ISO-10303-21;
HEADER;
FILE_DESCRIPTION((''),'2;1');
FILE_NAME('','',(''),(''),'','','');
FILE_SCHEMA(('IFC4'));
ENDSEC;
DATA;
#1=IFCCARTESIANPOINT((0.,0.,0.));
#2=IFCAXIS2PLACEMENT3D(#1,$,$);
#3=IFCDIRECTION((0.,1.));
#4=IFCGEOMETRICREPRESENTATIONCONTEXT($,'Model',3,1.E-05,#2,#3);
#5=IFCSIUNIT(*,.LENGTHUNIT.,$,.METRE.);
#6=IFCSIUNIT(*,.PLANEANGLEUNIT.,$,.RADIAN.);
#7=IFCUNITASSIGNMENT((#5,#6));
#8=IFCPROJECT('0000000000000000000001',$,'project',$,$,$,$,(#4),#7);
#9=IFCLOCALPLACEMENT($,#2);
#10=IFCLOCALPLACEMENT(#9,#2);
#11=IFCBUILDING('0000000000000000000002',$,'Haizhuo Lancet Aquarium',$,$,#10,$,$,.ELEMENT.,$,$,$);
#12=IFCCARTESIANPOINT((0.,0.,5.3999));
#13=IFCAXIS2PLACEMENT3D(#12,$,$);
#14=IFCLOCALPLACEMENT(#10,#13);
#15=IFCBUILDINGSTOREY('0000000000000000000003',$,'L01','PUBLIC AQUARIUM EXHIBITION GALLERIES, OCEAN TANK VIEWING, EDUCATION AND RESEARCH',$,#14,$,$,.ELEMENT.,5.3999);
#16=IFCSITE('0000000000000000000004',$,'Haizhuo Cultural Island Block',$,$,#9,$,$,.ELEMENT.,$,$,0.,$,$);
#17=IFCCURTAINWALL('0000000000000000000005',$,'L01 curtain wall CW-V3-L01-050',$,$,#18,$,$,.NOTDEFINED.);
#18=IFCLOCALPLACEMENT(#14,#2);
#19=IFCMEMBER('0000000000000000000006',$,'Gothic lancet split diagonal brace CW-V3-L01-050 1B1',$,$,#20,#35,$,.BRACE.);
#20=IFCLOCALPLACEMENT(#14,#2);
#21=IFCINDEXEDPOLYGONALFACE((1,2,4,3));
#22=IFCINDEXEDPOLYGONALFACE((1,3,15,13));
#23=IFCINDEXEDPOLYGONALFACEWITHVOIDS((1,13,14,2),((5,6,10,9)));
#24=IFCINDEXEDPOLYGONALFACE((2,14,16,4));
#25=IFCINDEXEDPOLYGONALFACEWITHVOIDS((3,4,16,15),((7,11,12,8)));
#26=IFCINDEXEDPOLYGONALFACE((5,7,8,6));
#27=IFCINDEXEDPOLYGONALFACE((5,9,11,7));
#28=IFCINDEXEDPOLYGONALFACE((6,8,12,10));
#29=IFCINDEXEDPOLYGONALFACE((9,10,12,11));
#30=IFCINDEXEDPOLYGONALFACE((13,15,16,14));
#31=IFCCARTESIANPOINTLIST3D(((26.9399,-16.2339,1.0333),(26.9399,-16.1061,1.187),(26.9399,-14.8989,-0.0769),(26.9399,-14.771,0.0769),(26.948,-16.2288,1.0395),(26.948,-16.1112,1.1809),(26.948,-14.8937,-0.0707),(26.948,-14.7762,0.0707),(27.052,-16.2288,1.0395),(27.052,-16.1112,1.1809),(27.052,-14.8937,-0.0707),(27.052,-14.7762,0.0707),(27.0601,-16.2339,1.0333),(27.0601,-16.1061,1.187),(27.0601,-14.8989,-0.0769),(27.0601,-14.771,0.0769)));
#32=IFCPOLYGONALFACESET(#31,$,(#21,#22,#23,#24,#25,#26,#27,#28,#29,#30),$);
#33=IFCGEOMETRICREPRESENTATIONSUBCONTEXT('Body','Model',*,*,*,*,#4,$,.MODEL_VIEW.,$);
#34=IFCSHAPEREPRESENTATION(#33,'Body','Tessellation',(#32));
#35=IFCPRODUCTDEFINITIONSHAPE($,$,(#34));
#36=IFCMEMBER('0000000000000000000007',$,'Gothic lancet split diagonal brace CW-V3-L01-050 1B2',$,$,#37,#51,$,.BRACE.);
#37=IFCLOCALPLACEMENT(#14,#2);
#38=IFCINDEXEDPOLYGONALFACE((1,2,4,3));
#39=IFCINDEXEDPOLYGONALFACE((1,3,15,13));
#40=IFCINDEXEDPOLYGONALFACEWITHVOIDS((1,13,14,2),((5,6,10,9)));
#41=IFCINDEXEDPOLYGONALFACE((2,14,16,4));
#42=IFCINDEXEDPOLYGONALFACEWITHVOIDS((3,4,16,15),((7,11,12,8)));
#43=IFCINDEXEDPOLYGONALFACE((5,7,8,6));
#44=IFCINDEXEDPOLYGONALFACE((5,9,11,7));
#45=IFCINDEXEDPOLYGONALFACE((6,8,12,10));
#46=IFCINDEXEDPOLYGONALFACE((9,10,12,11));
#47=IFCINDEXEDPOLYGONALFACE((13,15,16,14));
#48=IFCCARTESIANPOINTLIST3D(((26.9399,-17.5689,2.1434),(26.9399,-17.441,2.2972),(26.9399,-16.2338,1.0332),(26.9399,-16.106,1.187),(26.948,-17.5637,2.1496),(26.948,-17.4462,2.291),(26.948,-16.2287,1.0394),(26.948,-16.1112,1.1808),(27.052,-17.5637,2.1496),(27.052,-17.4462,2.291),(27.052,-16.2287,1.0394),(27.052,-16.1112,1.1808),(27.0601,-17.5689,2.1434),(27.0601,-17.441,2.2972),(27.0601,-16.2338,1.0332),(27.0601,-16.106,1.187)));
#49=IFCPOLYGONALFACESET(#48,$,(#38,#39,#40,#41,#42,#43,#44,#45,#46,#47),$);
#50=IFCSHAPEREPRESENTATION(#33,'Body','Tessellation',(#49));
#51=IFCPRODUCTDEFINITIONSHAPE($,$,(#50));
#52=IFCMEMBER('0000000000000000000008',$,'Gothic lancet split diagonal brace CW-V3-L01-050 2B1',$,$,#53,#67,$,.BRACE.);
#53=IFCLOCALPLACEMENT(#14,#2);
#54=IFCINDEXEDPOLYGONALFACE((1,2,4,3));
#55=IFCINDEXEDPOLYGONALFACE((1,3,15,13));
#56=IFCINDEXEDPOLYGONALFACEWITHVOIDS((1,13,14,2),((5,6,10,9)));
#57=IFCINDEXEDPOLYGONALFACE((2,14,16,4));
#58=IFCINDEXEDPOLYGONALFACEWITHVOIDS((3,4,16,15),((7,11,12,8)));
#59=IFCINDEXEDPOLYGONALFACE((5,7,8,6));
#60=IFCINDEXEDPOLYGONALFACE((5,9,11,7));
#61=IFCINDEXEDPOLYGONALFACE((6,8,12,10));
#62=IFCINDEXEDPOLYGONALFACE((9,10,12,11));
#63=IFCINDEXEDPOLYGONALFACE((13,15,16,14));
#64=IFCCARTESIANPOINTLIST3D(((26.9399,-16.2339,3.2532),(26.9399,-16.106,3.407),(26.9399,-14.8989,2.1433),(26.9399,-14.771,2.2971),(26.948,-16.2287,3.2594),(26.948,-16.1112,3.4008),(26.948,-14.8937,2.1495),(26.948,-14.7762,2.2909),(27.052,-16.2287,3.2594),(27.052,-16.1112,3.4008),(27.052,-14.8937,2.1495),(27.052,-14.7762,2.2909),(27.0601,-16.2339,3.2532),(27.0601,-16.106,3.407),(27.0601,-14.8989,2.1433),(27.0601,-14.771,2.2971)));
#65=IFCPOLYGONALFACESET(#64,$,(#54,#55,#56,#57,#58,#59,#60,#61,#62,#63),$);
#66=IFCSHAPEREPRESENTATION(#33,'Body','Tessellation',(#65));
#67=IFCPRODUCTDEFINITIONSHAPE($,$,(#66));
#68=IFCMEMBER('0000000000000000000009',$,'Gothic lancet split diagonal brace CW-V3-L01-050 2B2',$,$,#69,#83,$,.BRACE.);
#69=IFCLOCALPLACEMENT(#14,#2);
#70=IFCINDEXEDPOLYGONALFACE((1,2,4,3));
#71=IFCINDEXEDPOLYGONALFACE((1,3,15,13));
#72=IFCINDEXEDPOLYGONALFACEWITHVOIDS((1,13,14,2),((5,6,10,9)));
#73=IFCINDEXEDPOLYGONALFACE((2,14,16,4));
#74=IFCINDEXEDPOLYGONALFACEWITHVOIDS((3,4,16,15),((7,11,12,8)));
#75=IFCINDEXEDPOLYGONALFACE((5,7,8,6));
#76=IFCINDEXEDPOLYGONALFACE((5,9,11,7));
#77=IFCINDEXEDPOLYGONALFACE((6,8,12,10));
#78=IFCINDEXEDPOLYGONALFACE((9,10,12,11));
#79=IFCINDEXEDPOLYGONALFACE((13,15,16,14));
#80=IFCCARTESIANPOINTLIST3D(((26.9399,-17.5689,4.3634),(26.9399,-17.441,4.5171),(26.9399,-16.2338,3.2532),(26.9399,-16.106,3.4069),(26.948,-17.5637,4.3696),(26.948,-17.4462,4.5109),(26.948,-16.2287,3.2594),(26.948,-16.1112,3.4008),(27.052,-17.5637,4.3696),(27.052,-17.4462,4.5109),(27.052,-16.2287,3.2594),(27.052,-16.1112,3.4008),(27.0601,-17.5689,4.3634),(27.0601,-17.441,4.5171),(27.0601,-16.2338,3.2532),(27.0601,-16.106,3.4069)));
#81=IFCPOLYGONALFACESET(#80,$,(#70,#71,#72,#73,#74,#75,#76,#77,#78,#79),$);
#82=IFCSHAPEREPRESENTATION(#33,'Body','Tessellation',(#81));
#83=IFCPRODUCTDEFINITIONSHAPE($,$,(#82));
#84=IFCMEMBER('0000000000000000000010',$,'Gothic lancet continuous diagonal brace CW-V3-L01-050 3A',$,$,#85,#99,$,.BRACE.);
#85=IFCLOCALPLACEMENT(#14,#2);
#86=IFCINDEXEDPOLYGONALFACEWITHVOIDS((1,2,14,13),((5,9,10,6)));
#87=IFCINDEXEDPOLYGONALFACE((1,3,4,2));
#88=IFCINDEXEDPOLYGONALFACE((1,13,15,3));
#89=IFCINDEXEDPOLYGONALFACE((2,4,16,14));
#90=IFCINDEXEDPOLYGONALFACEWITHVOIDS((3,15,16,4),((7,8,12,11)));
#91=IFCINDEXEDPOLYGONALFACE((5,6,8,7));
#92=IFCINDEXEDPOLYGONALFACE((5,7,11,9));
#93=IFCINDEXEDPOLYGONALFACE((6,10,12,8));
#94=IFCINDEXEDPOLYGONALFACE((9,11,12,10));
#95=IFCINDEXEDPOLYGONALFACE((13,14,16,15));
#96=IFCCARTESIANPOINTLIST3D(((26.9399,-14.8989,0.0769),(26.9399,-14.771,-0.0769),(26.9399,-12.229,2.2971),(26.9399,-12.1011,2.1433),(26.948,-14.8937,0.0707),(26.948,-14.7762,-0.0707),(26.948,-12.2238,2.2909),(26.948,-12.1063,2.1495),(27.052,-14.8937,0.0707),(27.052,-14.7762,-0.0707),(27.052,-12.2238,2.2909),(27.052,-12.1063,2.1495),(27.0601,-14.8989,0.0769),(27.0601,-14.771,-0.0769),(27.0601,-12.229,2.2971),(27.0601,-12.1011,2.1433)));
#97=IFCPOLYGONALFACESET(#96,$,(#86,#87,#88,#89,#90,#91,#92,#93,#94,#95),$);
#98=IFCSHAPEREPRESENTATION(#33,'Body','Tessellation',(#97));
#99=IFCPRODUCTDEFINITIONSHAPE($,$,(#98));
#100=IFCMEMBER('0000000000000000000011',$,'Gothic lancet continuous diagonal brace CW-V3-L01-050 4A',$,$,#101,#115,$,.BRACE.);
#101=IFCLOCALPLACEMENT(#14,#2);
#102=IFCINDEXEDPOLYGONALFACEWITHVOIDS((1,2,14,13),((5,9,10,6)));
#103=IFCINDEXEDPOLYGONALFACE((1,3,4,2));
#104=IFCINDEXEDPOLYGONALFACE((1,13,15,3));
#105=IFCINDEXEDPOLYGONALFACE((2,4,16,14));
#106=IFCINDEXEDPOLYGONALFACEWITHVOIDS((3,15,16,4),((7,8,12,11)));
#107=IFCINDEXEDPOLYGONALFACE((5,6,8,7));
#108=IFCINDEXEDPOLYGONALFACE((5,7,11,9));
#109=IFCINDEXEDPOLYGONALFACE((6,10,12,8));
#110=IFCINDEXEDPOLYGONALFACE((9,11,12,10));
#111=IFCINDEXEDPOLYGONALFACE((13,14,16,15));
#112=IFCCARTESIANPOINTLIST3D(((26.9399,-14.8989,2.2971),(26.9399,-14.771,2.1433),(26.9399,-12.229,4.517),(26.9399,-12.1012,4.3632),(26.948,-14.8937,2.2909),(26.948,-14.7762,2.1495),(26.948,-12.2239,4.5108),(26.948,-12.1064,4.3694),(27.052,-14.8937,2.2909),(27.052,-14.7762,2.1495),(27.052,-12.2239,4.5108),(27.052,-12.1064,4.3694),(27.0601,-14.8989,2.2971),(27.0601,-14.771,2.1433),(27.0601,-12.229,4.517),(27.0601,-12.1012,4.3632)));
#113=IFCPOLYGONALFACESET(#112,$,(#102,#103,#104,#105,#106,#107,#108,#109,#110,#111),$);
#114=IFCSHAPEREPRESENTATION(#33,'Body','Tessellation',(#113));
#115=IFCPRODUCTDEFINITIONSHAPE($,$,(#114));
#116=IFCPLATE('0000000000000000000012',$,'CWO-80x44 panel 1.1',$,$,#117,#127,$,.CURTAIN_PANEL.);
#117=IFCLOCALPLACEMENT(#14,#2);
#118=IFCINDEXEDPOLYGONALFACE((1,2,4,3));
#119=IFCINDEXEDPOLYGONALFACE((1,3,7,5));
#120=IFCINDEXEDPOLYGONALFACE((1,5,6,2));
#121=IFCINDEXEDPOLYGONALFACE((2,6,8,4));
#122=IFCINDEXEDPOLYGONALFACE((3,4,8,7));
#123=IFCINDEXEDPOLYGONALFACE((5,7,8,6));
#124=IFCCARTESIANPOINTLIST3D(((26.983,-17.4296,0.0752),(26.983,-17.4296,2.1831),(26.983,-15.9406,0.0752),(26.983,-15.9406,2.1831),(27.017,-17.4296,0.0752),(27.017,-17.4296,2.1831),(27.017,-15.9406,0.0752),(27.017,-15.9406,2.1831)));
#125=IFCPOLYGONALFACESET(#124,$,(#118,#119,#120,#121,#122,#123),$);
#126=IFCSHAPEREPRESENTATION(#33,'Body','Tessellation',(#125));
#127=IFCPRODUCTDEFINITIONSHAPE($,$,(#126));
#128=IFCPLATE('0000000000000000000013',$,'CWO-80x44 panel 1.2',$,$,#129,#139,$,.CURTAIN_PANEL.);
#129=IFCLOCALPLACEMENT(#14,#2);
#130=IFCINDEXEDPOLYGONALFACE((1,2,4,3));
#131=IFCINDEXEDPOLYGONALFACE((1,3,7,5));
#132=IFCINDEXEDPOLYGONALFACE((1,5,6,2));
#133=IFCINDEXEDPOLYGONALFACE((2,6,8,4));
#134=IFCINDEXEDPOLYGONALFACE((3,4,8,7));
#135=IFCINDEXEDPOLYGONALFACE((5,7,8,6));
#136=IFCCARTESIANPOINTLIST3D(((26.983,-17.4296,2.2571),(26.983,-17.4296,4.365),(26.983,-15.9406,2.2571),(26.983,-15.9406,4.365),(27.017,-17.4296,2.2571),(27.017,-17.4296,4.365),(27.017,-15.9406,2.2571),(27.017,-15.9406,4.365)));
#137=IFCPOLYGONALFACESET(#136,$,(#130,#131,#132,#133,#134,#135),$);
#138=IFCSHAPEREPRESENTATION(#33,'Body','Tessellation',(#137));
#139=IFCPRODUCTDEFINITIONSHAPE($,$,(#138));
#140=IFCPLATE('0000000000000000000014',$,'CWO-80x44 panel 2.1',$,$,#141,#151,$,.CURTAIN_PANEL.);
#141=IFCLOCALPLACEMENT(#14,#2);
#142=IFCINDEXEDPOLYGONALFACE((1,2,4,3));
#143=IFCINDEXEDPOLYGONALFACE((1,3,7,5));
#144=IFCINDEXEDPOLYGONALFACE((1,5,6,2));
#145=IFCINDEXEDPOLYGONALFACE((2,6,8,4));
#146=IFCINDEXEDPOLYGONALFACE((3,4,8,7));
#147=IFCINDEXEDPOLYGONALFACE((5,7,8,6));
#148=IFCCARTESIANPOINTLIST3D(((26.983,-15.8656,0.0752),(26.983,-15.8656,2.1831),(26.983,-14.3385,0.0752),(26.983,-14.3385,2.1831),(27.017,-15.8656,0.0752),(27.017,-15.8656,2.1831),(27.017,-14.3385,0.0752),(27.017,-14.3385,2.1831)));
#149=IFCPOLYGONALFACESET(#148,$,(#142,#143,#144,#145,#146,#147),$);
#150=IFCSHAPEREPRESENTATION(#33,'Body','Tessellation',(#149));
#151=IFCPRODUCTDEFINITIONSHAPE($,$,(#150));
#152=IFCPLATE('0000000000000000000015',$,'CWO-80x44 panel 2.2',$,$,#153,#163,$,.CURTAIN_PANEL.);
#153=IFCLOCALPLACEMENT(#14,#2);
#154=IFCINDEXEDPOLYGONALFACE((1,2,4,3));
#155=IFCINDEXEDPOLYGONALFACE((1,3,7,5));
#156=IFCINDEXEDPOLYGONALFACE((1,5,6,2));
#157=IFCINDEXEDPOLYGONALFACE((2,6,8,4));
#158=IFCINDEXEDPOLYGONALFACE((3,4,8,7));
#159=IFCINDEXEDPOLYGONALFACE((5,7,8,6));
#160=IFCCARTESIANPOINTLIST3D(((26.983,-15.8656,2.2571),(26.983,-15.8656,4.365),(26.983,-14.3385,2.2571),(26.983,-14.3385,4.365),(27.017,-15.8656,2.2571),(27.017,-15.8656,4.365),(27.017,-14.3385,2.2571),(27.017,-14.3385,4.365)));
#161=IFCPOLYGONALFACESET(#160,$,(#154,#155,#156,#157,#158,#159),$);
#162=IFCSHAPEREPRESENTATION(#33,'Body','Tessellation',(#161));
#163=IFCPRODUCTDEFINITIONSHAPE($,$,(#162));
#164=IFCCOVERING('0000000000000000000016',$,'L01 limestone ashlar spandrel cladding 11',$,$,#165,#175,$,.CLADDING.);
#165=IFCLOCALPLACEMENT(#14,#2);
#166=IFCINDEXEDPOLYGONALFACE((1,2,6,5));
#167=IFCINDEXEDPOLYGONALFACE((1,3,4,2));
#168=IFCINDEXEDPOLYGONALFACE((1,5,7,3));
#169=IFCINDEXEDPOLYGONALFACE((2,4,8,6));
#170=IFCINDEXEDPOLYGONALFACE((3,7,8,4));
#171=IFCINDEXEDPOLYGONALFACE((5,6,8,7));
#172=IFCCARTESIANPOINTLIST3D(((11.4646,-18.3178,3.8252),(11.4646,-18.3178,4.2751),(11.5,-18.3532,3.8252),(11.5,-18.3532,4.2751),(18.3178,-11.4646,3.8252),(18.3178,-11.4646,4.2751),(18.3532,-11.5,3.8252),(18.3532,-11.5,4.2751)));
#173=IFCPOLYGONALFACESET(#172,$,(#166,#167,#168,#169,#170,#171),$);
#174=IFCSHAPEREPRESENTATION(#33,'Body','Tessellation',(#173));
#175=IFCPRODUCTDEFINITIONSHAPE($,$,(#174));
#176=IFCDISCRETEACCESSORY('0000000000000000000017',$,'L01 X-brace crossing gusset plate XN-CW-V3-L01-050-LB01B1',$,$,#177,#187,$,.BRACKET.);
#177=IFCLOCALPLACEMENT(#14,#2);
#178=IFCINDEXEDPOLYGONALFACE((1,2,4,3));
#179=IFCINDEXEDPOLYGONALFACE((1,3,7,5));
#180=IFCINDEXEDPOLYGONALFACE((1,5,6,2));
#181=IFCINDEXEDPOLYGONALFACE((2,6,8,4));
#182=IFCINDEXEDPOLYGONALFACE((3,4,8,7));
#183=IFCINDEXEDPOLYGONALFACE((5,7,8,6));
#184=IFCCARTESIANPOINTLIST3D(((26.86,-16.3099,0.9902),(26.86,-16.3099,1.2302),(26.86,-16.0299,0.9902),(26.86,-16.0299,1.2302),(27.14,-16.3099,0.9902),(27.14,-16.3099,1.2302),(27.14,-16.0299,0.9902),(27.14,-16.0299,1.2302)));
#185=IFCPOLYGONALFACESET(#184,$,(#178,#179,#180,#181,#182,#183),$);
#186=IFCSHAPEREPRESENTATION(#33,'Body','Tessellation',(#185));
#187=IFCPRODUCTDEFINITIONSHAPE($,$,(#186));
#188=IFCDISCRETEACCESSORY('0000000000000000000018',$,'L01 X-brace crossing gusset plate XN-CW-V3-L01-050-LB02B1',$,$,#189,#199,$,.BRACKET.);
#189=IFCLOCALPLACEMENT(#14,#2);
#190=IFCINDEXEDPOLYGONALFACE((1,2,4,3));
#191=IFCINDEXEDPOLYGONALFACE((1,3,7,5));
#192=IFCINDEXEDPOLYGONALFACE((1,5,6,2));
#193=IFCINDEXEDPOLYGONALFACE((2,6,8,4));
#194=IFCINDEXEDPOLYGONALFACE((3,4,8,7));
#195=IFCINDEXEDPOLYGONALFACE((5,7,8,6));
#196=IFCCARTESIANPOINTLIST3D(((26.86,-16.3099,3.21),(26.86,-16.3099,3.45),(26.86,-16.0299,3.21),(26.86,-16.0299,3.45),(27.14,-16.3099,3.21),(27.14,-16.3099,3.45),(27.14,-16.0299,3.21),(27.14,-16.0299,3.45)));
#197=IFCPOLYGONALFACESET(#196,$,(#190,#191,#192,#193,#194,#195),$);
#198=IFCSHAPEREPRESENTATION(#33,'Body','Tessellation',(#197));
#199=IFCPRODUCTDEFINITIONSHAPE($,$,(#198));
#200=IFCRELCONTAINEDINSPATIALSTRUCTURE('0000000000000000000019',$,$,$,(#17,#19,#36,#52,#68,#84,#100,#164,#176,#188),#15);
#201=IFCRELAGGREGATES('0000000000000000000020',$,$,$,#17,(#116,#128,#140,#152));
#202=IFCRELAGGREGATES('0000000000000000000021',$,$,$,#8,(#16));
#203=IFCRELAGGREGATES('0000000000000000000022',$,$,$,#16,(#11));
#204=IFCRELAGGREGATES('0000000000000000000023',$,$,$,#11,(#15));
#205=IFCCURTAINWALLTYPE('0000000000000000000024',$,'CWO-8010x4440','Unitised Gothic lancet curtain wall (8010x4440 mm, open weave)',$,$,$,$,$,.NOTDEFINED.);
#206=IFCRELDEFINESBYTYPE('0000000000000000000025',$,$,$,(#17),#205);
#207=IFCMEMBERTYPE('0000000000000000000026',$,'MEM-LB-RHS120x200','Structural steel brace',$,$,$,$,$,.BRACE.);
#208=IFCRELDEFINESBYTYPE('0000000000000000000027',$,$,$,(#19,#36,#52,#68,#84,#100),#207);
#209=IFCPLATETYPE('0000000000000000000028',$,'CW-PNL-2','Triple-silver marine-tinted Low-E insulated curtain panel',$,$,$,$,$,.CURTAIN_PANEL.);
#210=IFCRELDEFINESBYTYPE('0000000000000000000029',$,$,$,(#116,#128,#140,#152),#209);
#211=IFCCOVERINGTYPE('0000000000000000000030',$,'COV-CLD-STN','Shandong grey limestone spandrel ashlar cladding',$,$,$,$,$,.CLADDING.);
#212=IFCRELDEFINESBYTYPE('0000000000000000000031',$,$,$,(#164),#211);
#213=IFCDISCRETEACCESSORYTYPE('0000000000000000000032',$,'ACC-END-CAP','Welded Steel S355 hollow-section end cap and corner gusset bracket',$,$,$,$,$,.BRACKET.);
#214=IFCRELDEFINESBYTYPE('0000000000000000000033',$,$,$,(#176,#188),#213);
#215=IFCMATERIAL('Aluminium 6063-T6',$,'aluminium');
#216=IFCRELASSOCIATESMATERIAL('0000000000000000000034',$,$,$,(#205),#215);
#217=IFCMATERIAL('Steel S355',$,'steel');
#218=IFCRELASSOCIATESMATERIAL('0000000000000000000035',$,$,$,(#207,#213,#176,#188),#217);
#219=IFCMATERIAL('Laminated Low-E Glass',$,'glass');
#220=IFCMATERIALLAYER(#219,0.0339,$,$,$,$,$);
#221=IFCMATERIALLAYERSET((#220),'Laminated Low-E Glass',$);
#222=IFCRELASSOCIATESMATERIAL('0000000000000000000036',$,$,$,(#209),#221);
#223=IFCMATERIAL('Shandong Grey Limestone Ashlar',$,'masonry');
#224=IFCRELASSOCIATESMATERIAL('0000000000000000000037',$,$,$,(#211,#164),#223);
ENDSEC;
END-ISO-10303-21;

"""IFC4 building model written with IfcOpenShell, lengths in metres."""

from ifc_helpers import new_model, si_unit, direction, frame, origin, origin_2d, place, context, subcontext, project, spatial, rectangle, hollow_rectangle, extrude, material, layer, layer_set, material_profile, profile_set, type_object, element, aggregate, save


model = new_model("IFC4")

# Units and contexts
model_context = context("Model", 3, precision=1e-05, world=origin(), true_north=direction((0.0, 1.0)))
body_context = subcontext(model_context, "Body", "Model", "MODEL_VIEW")
ifc_project = project(units=[si_unit("LENGTHUNIT", "METRE"), si_unit("PLANEANGLEUNIT", "RADIAN")], contexts=[model_context])

# Site, building, storey
site_placement = place(None, origin())
site = spatial("IfcSite", under=ifc_project, at=site_placement, Name="Haizhuo Cultural Island Block", CompositionType="ELEMENT", RefElevation=0.0)
building_placement = place(site_placement, origin())
building = spatial("IfcBuilding", under=site, at=building_placement, Name="Haizhuo Lancet Aquarium", CompositionType="ELEMENT")
storey_placement = place(building_placement, frame((0.0, 0.0, 5.3999)))
storey = spatial("IfcBuildingStorey", under=building, at=storey_placement, Name="L01", Description="PUBLIC AQUARIUM EXHIBITION GALLERIES, OCEAN TANK VIEWING, EDUCATION AND RESEARCH", CompositionType="ELEMENT", Elevation=5.3999)

# Curtain wall
ifc_material_1 = material(Name="Aluminium 6063-T6", Category="aluminium")
curtain_wall_type = type_object("IfcCurtainWallType", Name="CWO-8010x4440", Description="Unitised Gothic lancet curtain wall (8010x4440 mm, open weave)", PredefinedType="NOTDEFINED", material=ifc_material_1)
curtain_wall_placement = place(storey_placement, origin())
curtain_wall = element("IfcCurtainWall", 1, at=curtain_wall_placement, inside=storey, type_object=curtain_wall_type, Name="L01 curtain wall CW-V3-L01-050", PredefinedType="NOTDEFINED")

# Members
ifc_material_2 = material(Name="Steel S355", Category="steel")
ifc_material_profile_1 = material_profile(ifc_material_2, hollow_rectangle(XDim=0.1201, YDim=0.2, WallThickness=0.0081, at=origin_2d()), Name="RHS 120x200x8")
ifc_profile_set_1 = profile_set([ifc_material_profile_1], Name="Steel S355")
member_type_1 = type_object("IfcMemberType", Name="MEM-LB-RHS120x200", Description="Structural steel brace", PredefinedType="BRACE", material=ifc_profile_set_1)
for number, where, z_axis, x_axis, name in (
    (2, (27.0, -14.835, 0.0), (0.0, -0.768889, 0.639382), (1.0, 0.0, 0.0), "Gothic lancet split diagonal brace CW-V3-L01-050 1B1"),
    (3, (27.0, -16.1699, 1.1101), (0.0, -0.768889, 0.639382), (1.0, 0.0, 0.0), "Gothic lancet split diagonal brace CW-V3-L01-050 1B2"),
):
    element("IfcMember", number, at=place(storey_placement, frame(where, z_axis=z_axis, x_axis=x_axis)), inside=storey, type_object=member_type_1, Name=name, PredefinedType="BRACE", context=body_context, shape_type="SweptSolid", body=[
        extrude(hollow_rectangle(XDim=0.1201, YDim=0.2, WallThickness=0.0081, at=origin_2d()), origin(), (0.0, 0.0, 1.0), 1.7363),
    ])
member_1_placement = place(storey_placement, frame((27.0, -14.835, 2.2202), z_axis=(0.0, -0.768958, 0.639299), x_axis=(1.0, 0.0, 0.0)))
element("IfcMember", 4, at=member_1_placement, inside=storey, type_object=member_type_1, Name="Gothic lancet split diagonal brace CW-V3-L01-050 2B1", PredefinedType="BRACE", context=body_context, shape_type="SweptSolid", body=[
    extrude(hollow_rectangle(XDim=0.1201, YDim=0.2, WallThickness=0.0081, at=origin_2d()), origin(), (0.0, 0.0, 1.0), 1.7361),
])
member_2_placement = place(storey_placement, frame((27.0, -16.1699, 3.3301), z_axis=(0.0, -0.768889, 0.639382), x_axis=(1.0, 0.0, 0.0)))
element("IfcMember", 5, at=member_2_placement, inside=storey, type_object=member_type_1, Name="Gothic lancet split diagonal brace CW-V3-L01-050 2B2", PredefinedType="BRACE", context=body_context, shape_type="SweptSolid", body=[
    extrude(hollow_rectangle(XDim=0.1201, YDim=0.2, WallThickness=0.0081, at=origin_2d()), origin(), (0.0, 0.0, 1.0), 1.7363),
])
member_3_placement = place(storey_placement, frame((27.0, -14.835, 0.0), z_axis=(0.0, 0.768889, 0.639382), x_axis=(-1.0, 0.0, 0.0)))
element("IfcMember", 6, at=member_3_placement, inside=storey, type_object=member_type_1, Name="Gothic lancet continuous diagonal brace CW-V3-L01-050 3A", PredefinedType="BRACE", context=body_context, shape_type="SweptSolid", body=[
    extrude(hollow_rectangle(XDim=0.1201, YDim=0.2, WallThickness=0.0081, at=origin_2d()), origin(), (0.0, 0.0, 1.0), 3.4724),
])
member_4_placement = place(storey_placement, frame((27.0, -14.835, 2.2202), z_axis=(0.0, 0.768924, 0.63934), x_axis=(-1.0, 0.0, 0.0)))
element("IfcMember", 7, at=member_4_placement, inside=storey, type_object=member_type_1, Name="Gothic lancet continuous diagonal brace CW-V3-L01-050 4A", PredefinedType="BRACE", context=body_context, shape_type="SweptSolid", body=[
    extrude(hollow_rectangle(XDim=0.1201, YDim=0.2, WallThickness=0.0081, at=origin_2d()), origin(), (0.0, 0.0, 1.0), 3.4722),
])

# Plates
ifc_material_3 = material(Name="Laminated Low-E Glass", Category="glass")
ifc_layer = layer(ifc_material_3, 0.0339)
ifc_layer_set = layer_set([ifc_layer], Name="Laminated Low-E Glass")
plate_type = type_object("IfcPlateType", Name="CW-PNL-2", Description="Triple-silver marine-tinted Low-E insulated curtain panel", PredefinedType="CURTAIN_PANEL", material=ifc_layer_set)
plate_1_placement = place(storey_placement, frame((27.0, -16.6851, 0.0752), z_axis=(0.0, 0.0, 1.0), x_axis=(0.0, 1.0, 0.0)))
plate_1 = element("IfcPlate", 8, at=plate_1_placement, type_object=plate_type, Name="CWO-80x44 panel 1.1", PredefinedType="CURTAIN_PANEL", context=body_context, shape_type="SweptSolid", body=[
    extrude(rectangle(XDim=1.489, YDim=0.0339, at=origin_2d()), origin(), (0.0, 0.0, 1.0), 2.1079),
])
plate_2_placement = place(storey_placement, frame((27.0, -16.6851, 2.2571), z_axis=(0.0, 0.0, 1.0), x_axis=(0.0, 1.0, 0.0)))
plate_2 = element("IfcPlate", 9, at=plate_2_placement, type_object=plate_type, Name="CWO-80x44 panel 1.2", PredefinedType="CURTAIN_PANEL", context=body_context, shape_type="SweptSolid", body=[
    extrude(rectangle(XDim=1.489, YDim=0.0339, at=origin_2d()), origin(), (0.0, 0.0, 1.0), 2.1079),
])
plate_3_placement = place(storey_placement, frame((27.0, -15.1021, 0.0752), z_axis=(0.0, 0.0, 1.0), x_axis=(0.0, 1.0, 0.0)))
plate_3 = element("IfcPlate", 10, at=plate_3_placement, type_object=plate_type, Name="CWO-80x44 panel 2.1", PredefinedType="CURTAIN_PANEL", context=body_context, shape_type="SweptSolid", body=[
    extrude(rectangle(XDim=1.5271, YDim=0.0339, at=origin_2d()), origin(), (0.0, 0.0, 1.0), 2.1079),
])
plate_4_placement = place(storey_placement, frame((27.0, -15.1021, 2.2571), z_axis=(0.0, 0.0, 1.0), x_axis=(0.0, 1.0, 0.0)))
plate_4 = element("IfcPlate", 11, at=plate_4_placement, type_object=plate_type, Name="CWO-80x44 panel 2.2", PredefinedType="CURTAIN_PANEL", context=body_context, shape_type="SweptSolid", body=[
    extrude(rectangle(XDim=1.5271, YDim=0.0339, at=origin_2d()), origin(), (0.0, 0.0, 1.0), 2.1079),
])
aggregate(curtain_wall, [plate_1, plate_2, plate_3, plate_4])

# Covering
ifc_material_4 = material(Name="Shandong Grey Limestone Ashlar", Category="masonry")
covering_type = type_object("IfcCoveringType", Name="COV-CLD-STN", Description="Shandong grey limestone spandrel ashlar cladding", PredefinedType="CLADDING", material=ifc_material_4)
covering_placement = place(storey_placement, frame((14.9089, -14.9089, 3.8252), z_axis=(0.0, 0.0, 1.0), x_axis=(-0.707107, -0.707107, 0.0)))
element("IfcCovering", 12, at=covering_placement, inside=storey, type_object=covering_type, material=ifc_material_4, Name="L01 limestone ashlar spandrel cladding 11", PredefinedType="CLADDING", context=body_context, shape_type="SweptSolid", body=[
    extrude(rectangle(XDim=9.6919, YDim=0.05, at=origin_2d()), origin(), (0.0, 0.0, 1.0), 0.45),
])

# Discrete accessories
discrete_accessory_type = type_object("IfcDiscreteAccessoryType", Name="ACC-END-CAP", Description="Welded Steel S355 hollow-section end cap and corner gusset bracket", PredefinedType="BRACKET", material=ifc_material_2)
for number, where, z_axis, x_axis, name in (
    (13, (27.0, -16.1699, 0.9902), (0.0, 0.0, 1.0), (1.0, 0.0, 0.0), "L01 X-brace crossing gusset plate XN-CW-V3-L01-050-LB01B1"),
    (14, (27.0, -16.1699, 3.21), (0.0, 0.0, 1.0), (1.0, 0.0, 0.0), "L01 X-brace crossing gusset plate XN-CW-V3-L01-050-LB02B1"),
):
    element("IfcDiscreteAccessory", number, at=place(storey_placement, frame(where, z_axis=z_axis, x_axis=x_axis)), inside=storey, type_object=discrete_accessory_type, material=ifc_material_2, Name=name, PredefinedType="BRACKET", context=body_context, shape_type="SweptSolid", body=[
        extrude(rectangle(XDim=0.28, YDim=0.28, at=origin_2d()), origin(), (0.0, 0.0, 1.0), 0.24),
    ])

save(model, "model.ifc")
